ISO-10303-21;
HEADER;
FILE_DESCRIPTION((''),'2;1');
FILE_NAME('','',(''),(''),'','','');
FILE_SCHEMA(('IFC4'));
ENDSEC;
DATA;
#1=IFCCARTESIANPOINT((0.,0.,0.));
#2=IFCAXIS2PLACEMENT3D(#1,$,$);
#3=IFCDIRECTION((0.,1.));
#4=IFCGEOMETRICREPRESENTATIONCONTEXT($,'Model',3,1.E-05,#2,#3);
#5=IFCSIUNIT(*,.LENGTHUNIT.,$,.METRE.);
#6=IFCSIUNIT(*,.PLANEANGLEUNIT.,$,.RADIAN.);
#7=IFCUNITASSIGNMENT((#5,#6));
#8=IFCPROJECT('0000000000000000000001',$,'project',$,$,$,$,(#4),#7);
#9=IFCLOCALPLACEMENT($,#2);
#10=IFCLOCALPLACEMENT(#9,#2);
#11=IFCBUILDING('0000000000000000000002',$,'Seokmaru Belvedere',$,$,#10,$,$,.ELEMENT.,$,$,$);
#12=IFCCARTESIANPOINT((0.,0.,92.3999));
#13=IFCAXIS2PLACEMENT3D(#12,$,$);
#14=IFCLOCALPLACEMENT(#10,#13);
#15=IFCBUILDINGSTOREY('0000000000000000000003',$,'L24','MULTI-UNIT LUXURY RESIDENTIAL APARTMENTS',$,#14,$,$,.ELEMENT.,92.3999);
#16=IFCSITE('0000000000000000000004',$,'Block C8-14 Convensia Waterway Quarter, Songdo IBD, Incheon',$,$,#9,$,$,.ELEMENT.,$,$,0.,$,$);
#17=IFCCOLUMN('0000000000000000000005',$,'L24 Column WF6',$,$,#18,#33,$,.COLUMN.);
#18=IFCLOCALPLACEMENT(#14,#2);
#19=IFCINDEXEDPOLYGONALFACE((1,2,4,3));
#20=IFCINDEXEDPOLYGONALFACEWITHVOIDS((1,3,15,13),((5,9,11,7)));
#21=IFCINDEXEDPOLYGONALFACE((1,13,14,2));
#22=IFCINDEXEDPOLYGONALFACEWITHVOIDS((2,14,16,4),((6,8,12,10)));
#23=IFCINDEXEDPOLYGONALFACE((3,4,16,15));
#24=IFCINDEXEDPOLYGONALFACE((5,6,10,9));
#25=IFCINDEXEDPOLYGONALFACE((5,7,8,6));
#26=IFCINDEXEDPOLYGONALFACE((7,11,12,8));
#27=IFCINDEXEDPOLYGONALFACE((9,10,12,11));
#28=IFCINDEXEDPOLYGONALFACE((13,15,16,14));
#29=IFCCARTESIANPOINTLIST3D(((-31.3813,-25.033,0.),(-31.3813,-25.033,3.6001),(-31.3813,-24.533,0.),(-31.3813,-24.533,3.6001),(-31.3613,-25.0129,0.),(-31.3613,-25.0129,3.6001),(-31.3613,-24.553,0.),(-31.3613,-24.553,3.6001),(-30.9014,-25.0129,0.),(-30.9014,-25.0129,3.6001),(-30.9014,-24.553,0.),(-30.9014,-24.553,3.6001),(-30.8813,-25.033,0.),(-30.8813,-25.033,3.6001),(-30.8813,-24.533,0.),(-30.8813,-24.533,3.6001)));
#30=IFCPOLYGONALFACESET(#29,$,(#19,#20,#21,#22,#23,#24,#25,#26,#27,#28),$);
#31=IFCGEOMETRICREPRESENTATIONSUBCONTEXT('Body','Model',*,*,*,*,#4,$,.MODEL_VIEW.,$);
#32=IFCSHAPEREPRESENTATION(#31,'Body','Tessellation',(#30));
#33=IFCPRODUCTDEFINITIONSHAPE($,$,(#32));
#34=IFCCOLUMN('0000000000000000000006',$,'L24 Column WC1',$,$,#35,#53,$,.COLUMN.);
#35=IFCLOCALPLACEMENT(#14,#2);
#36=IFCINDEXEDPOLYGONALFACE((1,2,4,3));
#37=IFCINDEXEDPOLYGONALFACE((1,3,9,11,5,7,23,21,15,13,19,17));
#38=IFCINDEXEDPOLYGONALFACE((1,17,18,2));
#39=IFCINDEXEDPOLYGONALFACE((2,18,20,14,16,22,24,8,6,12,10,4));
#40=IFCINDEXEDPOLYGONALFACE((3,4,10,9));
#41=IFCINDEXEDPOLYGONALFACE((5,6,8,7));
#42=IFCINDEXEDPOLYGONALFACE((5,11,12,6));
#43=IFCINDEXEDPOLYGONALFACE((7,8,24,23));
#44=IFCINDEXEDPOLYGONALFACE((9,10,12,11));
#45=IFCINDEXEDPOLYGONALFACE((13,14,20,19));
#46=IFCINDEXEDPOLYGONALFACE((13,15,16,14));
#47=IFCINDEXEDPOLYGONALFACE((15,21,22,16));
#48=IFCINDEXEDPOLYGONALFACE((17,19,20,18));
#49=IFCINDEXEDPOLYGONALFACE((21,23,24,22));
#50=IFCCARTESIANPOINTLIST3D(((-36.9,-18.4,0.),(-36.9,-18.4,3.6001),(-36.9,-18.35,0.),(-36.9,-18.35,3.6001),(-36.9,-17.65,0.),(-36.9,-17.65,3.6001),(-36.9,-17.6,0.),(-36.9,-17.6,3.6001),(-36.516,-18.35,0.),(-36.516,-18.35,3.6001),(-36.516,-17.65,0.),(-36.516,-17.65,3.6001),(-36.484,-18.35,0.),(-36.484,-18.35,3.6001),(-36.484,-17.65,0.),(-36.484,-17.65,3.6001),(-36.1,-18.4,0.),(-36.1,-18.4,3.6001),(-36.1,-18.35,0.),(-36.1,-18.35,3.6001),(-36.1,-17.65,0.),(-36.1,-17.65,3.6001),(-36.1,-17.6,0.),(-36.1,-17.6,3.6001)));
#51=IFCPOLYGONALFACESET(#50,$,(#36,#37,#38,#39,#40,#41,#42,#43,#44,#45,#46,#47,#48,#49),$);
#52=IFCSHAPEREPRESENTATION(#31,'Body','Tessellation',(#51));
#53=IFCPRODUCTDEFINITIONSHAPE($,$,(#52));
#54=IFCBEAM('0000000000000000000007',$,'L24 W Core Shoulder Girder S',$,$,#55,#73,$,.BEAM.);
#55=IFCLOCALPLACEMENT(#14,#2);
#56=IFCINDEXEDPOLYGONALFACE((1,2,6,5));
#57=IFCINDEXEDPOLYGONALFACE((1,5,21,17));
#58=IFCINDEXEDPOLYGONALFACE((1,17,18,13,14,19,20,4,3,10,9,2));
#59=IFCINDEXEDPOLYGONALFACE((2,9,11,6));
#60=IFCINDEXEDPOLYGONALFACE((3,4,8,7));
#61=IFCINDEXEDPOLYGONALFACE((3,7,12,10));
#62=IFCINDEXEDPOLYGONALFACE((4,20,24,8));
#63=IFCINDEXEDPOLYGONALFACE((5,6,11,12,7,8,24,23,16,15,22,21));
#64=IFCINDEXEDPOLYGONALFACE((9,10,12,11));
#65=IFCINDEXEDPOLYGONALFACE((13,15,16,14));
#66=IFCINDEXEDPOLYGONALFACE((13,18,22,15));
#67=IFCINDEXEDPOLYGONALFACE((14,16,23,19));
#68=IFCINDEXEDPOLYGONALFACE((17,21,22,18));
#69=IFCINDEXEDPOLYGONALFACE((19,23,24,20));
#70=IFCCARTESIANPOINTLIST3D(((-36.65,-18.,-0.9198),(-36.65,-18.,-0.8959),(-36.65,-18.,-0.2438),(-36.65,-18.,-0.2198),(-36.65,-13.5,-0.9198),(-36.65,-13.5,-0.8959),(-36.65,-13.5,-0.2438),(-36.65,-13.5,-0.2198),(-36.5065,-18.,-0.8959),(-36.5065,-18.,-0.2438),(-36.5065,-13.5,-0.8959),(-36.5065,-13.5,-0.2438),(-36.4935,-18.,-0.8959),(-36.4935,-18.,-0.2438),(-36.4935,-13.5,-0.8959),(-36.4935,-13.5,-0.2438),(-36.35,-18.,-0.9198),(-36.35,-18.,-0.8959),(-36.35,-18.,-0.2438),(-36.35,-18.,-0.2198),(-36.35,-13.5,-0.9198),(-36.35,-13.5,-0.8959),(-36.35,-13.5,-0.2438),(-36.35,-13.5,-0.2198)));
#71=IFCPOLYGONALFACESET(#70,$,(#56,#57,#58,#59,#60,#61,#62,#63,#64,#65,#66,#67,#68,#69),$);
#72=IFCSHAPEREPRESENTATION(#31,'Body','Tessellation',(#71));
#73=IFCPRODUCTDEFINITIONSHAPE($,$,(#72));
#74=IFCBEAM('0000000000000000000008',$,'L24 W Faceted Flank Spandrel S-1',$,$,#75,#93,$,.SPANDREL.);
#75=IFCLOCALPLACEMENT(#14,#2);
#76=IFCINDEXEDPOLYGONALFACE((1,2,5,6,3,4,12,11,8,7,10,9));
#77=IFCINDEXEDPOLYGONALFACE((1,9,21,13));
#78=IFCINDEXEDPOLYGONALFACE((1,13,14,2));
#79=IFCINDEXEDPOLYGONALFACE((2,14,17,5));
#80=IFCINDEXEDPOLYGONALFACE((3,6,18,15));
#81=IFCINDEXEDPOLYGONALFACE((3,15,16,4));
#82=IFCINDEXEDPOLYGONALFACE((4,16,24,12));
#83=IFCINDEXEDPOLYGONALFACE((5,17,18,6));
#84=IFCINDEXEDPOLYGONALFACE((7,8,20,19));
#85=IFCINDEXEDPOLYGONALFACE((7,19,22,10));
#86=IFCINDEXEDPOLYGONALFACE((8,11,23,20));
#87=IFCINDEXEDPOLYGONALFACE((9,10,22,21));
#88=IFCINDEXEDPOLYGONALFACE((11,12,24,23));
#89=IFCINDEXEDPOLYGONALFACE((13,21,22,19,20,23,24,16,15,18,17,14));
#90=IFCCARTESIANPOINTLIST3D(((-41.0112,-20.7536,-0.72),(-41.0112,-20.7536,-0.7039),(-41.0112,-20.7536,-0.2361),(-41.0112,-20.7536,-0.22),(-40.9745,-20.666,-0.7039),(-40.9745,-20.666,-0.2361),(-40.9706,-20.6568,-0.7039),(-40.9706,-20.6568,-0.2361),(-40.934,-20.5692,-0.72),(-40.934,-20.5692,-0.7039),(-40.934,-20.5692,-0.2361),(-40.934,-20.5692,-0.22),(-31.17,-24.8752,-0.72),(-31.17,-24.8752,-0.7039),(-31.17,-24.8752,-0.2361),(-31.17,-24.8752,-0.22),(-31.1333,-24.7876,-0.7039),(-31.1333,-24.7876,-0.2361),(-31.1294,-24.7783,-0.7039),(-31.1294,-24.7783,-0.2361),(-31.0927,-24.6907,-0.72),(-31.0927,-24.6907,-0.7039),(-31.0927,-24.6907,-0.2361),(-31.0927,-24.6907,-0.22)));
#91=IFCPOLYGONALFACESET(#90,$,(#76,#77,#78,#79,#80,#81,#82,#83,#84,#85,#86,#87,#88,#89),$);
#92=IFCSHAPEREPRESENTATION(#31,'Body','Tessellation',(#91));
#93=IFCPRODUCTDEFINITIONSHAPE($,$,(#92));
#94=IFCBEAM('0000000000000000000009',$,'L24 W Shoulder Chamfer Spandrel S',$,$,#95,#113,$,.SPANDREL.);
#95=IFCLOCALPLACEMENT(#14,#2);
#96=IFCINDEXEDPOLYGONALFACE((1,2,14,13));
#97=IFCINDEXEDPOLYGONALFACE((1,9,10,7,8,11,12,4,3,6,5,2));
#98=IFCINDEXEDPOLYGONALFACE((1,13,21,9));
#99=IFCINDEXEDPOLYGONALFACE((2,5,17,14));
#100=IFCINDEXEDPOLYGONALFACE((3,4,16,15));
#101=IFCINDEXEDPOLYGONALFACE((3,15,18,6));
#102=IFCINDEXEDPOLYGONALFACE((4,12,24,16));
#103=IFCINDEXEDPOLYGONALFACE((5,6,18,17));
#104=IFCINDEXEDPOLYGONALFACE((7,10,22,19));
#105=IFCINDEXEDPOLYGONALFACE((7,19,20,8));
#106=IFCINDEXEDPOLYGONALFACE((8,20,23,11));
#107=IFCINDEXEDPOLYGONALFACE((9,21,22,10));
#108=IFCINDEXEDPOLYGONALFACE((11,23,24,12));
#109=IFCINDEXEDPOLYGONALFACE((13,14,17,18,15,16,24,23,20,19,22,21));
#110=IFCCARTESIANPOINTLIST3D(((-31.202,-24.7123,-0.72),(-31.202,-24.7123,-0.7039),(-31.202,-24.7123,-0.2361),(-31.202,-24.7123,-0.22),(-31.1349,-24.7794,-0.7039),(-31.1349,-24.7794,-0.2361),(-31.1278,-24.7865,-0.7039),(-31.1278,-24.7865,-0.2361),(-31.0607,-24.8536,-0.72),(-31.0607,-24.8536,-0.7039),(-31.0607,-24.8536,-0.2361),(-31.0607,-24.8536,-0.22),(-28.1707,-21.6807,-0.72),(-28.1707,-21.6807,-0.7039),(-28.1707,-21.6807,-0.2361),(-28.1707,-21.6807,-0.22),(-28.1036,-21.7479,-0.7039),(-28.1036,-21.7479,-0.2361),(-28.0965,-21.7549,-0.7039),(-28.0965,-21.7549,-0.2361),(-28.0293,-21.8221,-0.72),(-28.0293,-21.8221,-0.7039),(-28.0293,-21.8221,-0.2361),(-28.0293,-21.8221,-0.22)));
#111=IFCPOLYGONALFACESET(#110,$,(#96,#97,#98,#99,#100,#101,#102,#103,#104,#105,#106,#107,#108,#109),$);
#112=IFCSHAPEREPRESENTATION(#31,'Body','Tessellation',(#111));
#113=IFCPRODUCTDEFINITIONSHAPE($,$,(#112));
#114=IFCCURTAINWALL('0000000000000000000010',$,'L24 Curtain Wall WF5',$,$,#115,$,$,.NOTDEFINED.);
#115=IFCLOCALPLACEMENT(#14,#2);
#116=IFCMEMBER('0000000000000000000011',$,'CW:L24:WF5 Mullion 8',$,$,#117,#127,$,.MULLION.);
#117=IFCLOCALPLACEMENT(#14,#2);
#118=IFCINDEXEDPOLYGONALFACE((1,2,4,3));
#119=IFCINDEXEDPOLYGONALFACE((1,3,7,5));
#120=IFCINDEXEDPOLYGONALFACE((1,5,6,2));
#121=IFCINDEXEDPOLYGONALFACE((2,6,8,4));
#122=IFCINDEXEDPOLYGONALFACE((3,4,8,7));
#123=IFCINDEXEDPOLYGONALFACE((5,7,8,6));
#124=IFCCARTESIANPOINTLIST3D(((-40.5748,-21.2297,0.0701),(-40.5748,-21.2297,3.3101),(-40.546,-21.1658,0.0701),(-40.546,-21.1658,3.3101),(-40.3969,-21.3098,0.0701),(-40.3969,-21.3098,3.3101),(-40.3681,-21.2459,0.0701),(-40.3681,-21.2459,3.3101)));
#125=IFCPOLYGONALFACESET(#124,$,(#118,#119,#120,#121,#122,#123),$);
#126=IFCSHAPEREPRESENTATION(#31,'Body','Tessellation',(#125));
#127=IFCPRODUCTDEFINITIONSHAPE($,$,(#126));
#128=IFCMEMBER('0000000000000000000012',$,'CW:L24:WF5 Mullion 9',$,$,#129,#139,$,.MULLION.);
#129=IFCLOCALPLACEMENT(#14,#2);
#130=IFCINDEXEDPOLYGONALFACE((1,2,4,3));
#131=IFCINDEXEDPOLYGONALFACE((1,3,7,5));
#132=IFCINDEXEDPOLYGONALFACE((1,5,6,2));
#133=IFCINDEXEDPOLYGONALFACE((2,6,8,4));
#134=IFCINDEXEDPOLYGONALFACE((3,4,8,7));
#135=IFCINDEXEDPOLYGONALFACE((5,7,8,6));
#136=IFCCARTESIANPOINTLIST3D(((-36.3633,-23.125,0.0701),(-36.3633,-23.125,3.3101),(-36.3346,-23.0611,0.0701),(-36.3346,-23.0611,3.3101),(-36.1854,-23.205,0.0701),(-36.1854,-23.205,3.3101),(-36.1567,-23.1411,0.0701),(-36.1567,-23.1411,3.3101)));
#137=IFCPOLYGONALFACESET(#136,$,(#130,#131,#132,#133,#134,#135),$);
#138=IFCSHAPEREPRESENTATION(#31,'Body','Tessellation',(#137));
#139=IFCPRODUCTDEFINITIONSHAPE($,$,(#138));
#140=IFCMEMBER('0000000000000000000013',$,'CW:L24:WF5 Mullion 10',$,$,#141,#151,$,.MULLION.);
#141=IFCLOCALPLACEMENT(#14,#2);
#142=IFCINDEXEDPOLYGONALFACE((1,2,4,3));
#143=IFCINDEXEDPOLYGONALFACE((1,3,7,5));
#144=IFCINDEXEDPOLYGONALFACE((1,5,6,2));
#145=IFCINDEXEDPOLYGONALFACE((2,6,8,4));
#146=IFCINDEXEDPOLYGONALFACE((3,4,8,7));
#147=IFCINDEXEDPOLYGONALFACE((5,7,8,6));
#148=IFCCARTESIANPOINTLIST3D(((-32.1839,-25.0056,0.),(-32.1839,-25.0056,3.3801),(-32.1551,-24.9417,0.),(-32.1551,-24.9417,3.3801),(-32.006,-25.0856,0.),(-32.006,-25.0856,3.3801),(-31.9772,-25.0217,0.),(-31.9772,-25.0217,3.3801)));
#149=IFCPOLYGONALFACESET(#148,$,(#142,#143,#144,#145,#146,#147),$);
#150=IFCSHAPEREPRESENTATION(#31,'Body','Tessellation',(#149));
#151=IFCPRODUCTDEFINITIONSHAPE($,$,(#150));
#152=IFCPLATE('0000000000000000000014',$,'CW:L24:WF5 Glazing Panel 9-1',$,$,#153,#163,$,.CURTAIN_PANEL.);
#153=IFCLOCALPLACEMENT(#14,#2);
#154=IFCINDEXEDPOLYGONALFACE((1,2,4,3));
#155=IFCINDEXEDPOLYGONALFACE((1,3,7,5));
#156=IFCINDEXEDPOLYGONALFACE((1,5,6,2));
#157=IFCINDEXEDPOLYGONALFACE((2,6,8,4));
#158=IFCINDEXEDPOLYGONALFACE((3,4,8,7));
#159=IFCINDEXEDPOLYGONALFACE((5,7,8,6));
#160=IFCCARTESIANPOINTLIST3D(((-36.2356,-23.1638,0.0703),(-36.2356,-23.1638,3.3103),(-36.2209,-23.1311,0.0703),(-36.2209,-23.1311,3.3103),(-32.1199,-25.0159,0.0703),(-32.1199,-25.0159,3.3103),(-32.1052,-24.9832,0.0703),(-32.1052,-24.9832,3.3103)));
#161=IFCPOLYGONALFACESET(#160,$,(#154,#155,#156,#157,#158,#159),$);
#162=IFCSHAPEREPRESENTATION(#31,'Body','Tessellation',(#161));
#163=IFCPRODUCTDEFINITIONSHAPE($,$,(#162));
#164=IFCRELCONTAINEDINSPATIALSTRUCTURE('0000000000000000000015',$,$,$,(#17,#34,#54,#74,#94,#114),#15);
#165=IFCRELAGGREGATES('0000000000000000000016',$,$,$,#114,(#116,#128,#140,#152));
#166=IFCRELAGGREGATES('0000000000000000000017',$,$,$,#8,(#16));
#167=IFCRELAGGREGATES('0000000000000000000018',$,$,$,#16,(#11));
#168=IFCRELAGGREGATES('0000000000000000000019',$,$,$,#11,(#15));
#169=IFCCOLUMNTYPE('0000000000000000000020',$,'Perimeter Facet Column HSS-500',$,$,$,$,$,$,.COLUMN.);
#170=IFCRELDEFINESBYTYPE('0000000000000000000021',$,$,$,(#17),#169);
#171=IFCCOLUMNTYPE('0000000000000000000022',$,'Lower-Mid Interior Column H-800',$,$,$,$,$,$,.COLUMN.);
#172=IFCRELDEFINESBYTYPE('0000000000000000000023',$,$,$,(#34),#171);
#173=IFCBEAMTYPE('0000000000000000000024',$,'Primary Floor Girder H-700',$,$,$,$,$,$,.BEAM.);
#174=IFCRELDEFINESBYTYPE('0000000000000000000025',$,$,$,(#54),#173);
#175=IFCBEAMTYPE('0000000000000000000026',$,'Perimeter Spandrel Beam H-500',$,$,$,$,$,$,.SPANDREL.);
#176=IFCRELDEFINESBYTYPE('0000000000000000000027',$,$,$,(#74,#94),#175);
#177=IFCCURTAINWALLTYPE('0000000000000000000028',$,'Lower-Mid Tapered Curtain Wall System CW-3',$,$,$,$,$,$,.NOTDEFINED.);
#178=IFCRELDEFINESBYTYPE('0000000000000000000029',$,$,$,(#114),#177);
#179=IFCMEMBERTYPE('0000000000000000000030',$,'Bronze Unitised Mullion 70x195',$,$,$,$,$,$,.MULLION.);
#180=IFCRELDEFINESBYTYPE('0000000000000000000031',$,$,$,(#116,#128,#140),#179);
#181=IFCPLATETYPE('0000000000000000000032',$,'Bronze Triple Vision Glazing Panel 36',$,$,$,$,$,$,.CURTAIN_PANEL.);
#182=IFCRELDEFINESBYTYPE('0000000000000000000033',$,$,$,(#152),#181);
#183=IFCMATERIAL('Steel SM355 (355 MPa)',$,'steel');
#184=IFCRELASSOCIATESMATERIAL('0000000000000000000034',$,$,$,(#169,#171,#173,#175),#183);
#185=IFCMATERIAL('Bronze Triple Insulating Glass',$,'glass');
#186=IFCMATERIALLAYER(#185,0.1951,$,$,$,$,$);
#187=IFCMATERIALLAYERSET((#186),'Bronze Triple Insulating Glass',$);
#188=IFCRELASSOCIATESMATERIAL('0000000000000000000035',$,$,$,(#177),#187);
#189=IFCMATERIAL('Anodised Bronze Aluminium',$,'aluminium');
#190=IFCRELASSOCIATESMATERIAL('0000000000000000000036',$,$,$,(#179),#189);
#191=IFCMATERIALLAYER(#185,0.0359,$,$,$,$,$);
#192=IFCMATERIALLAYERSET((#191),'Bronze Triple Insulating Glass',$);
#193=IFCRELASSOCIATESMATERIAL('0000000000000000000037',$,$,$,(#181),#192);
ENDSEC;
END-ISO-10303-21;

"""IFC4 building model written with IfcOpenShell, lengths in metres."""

from ifc_helpers import new_model, si_unit, direction, frame, origin, origin_2d, place, context, subcontext, project, spatial, rectangle, hollow_rectangle, i_section, extrude, source, transform, mapped, material, layer, layer_set, material_profile, profile_set, type_object, type_shapes, element, aggregate, save


model = new_model("IFC4")

# Units and contexts
model_context = context("Model", 3, precision=1e-05, world=origin(), true_north=direction((0.0, 1.0)))
body_context = subcontext(model_context, "Body", "Model", "MODEL_VIEW")
ifc_project = project(units=[si_unit("LENGTHUNIT", "METRE"), si_unit("PLANEANGLEUNIT", "RADIAN")], contexts=[model_context])

# Site, building, storey
site_placement = place(None, origin())
site = spatial("IfcSite", under=ifc_project, at=site_placement, Name="Block C8-14 Convensia Waterway Quarter, Songdo IBD, Incheon", CompositionType="ELEMENT", RefElevation=0.0)
building_placement = place(site_placement, origin())
building = spatial("IfcBuilding", under=site, at=building_placement, Name="Seokmaru Belvedere", CompositionType="ELEMENT")
storey_placement = place(building_placement, frame((0.0, 0.0, 92.3999)))
storey = spatial("IfcBuildingStorey", under=building, at=storey_placement, Name="L24", Description="MULTI-UNIT LUXURY RESIDENTIAL APARTMENTS", CompositionType="ELEMENT", Elevation=92.3999)

# Columns
ifc_material_1 = material(Name="Steel SM355 (355 MPa)", Category="steel")
ifc_material_profile_1 = material_profile(ifc_material_1, hollow_rectangle(XDim=0.5, YDim=0.5, WallThickness=0.02, at=origin_2d()), Name="HSS-500x500x20")
ifc_profile_set_1 = profile_set([ifc_material_profile_1], Name="Steel SM355 (355 MPa)")
column_type_1 = type_object("IfcColumnType", Name="Perimeter Facet Column HSS-500", PredefinedType="COLUMN", material=ifc_profile_set_1)
shared_shape_1 = source(origin(), body_context, "Body", "SweptSolid", [
    extrude(hollow_rectangle(XDim=0.5, YDim=0.5, WallThickness=0.02, at=origin_2d()), origin(), (0.0, 0.0, 1.0), 3.6001),
])
type_shapes(column_type_1, [shared_shape_1])
column_1_placement = place(storey_placement, frame((-31.1313, -24.783, 0.0), z_axis=(0.0, 0.0, 1.0), x_axis=(1.0, 0.0, 0.0)))
element("IfcColumn", 1, at=column_1_placement, inside=storey, type_object=column_type_1, Name="L24 Column WF6", PredefinedType="COLUMN", context=body_context, shape_type="MappedRepresentation", body=[
    mapped(shared_shape_1, transform((0.0, 0.0, 0.0), scale=1.0)),
])
ifc_material_profile_2 = material_profile(ifc_material_1, i_section(OverallWidth=0.8, OverallDepth=0.8, WebThickness=0.032, FlangeThickness=0.05, at=origin_2d()), Name="H-800x800x32x50")
ifc_profile_set_2 = profile_set([ifc_material_profile_2], Name="Steel SM355 (355 MPa)")
column_type_2 = type_object("IfcColumnType", Name="Lower-Mid Interior Column H-800", PredefinedType="COLUMN", material=ifc_profile_set_2)
shared_shape_2 = source(origin(), body_context, "Body", "SweptSolid", [
    extrude(i_section(OverallWidth=0.8, OverallDepth=0.8, WebThickness=0.032, FlangeThickness=0.05, at=origin_2d()), origin(), (0.0, 0.0, 1.0), 3.6001),
])
type_shapes(column_type_2, [shared_shape_2])
column_2_placement = place(storey_placement, frame((-36.5, -18.0, 0.0), z_axis=(0.0, 0.0, 1.0), x_axis=(1.0, 0.0, 0.0)))
element("IfcColumn", 2, at=column_2_placement, inside=storey, type_object=column_type_2, Name="L24 Column WC1", PredefinedType="COLUMN", context=body_context, shape_type="MappedRepresentation", body=[
    mapped(shared_shape_2, transform((0.0, 0.0, 0.0), scale=1.0)),
])

# Beams
ifc_material_profile_3 = material_profile(ifc_material_1, i_section(OverallWidth=0.3, OverallDepth=0.7, WebThickness=0.0129, FlangeThickness=0.0239, at=origin_2d()), Name="H-700x300x13x24")
ifc_profile_set_3 = profile_set([ifc_material_profile_3], Name="Steel SM355 (355 MPa)")
beam_type_1 = type_object("IfcBeamType", Name="Primary Floor Girder H-700", PredefinedType="BEAM", material=ifc_profile_set_3)
shared_shape_3 = source(origin(), body_context, "Body", "SweptSolid", [
    extrude(i_section(OverallWidth=0.3, OverallDepth=0.7, WebThickness=0.0129, FlangeThickness=0.0239, at=origin_2d()), origin(), (0.0, 0.0, 1.0), 4.5),
])
type_shapes(beam_type_1, [shared_shape_3])
beam_1_placement = place(storey_placement, frame((-36.5, -18.0, -0.5698), z_axis=(0.0, 1.0, 0.0), x_axis=(-1.0, 0.0, 0.0)))
element("IfcBeam", 3, at=beam_1_placement, inside=storey, type_object=beam_type_1, Name="L24 W Core Shoulder Girder S", PredefinedType="BEAM", context=body_context, shape_type="MappedRepresentation", body=[
    mapped(shared_shape_3, transform((0.0, 0.0, 0.0), scale=1.0)),
])
ifc_material_profile_4 = material_profile(ifc_material_1, i_section(OverallWidth=0.2, OverallDepth=0.5, WebThickness=0.01, FlangeThickness=0.0161, at=origin_2d()), Name="H-500x200x10x16")
ifc_profile_set_4 = profile_set([ifc_material_profile_4], Name="Steel SM355 (355 MPa)")
beam_type_2 = type_object("IfcBeamType", Name="Perimeter Spandrel Beam H-500", PredefinedType="SPANDREL", material=ifc_profile_set_4)
shared_shape_4 = source(origin(), body_context, "Body", "SweptSolid", [
    extrude(i_section(OverallWidth=0.2, OverallDepth=0.5, WebThickness=0.01, FlangeThickness=0.0161, at=origin_2d()), origin(), (0.0, 0.0, 1.0), 10.6694),
])
beam_2_placement = place(storey_placement, frame((-31.1313, -24.783, -0.47), z_axis=(-0.922375, 0.386295, 0.0), x_axis=(-0.386295, -0.922375, 0.0)))
element("IfcBeam", 4, at=beam_2_placement, inside=storey, type_object=beam_type_2, Name="L24 W Faceted Flank Spandrel S-1", PredefinedType="SPANDREL", context=body_context, shape_type="MappedRepresentation", body=[
    mapped(shared_shape_4, transform((0.0, 0.0, 0.0), scale=1.0)),
])
shared_shape_5 = source(origin(), body_context, "Body", "SweptSolid", [
    extrude(i_section(OverallWidth=0.2, OverallDepth=0.5, WebThickness=0.01, FlangeThickness=0.0161, at=origin_2d()), origin(), (0.0, 0.0, 1.0), 4.2871),
])
type_shapes(beam_type_2, [shared_shape_4, shared_shape_5])
beam_3_placement = place(storey_placement, frame((-31.1313, -24.783, -0.47), z_axis=(0.707078, 0.707135, 0.0), x_axis=(-0.707135, 0.707078, 0.0)))
element("IfcBeam", 5, at=beam_3_placement, inside=storey, type_object=beam_type_2, Name="L24 W Shoulder Chamfer Spandrel S", PredefinedType="SPANDREL", context=body_context, shape_type="MappedRepresentation", body=[
    mapped(shared_shape_5, transform((0.0, 0.0, 0.0), scale=1.0)),
])

# Curtain wall, members, plate
ifc_material_2 = material(Name="Bronze Triple Insulating Glass", Category="glass")
ifc_layer_1 = layer(ifc_material_2, 0.1951)
ifc_layer_set_1 = layer_set([ifc_layer_1], Name="Bronze Triple Insulating Glass")
curtain_wall_type = type_object("IfcCurtainWallType", Name="Lower-Mid Tapered Curtain Wall System CW-3", PredefinedType="NOTDEFINED", material=ifc_layer_set_1)
curtain_wall_placement = place(storey_placement, origin())
curtain_wall = element("IfcCurtainWall", 6, at=curtain_wall_placement, inside=storey, type_object=curtain_wall_type, Name="L24 Curtain Wall WF5", PredefinedType="NOTDEFINED")
ifc_material_3 = material(Name="Anodised Bronze Aluminium", Category="aluminium")
ifc_material_profile_5 = material_profile(ifc_material_3, rectangle(XDim=0.0701, YDim=0.1951, at=origin_2d()), Name="CW-M-70x195")
ifc_profile_set_5 = profile_set([ifc_material_profile_5], Name="Anodised Bronze Aluminium")
member_type = type_object("IfcMemberType", Name="Bronze Unitised Mullion 70x195", PredefinedType="MULLION", material=ifc_profile_set_5)
shared_shape_6 = source(origin(), body_context, "Body", "SweptSolid", [
    extrude(rectangle(XDim=0.0701, YDim=0.1951, at=origin_2d()), origin(), (0.0, 0.0, 1.0), 3.24),
])
member_1_placement = place(storey_placement, frame((-40.4714, -21.2378, 0.0701), z_axis=(0.0, 0.0, 1.0), x_axis=(0.410366, 0.911921, 0.0)))
member_1 = element("IfcMember", 7, at=member_1_placement, type_object=member_type, Name="CW:L24:WF5 Mullion 8", PredefinedType="MULLION", context=body_context, shape_type="MappedRepresentation", body=[
    mapped(shared_shape_6, transform((0.0, 0.0, 0.0), scale=1.0)),
])
member_2_placement = place(storey_placement, frame((-36.26, -23.1331, 0.0701), z_axis=(0.0, 0.0, 1.0), x_axis=(0.410366, 0.911921, 0.0)))
member_2 = element("IfcMember", 8, at=member_2_placement, type_object=member_type, Name="CW:L24:WF5 Mullion 9", PredefinedType="MULLION", context=body_context, shape_type="MappedRepresentation", body=[
    mapped(shared_shape_6, transform((0.0, 0.0, 0.0), scale=1.0)),
])
shared_shape_7 = source(origin(), body_context, "Body", "SweptSolid", [
    extrude(rectangle(XDim=0.0701, YDim=0.1951, at=origin_2d()), origin(), (0.0, 0.0, 1.0), 3.3801),
])
type_shapes(member_type, [shared_shape_6, shared_shape_7])
member_3_placement = place(storey_placement, frame((-32.0806, -25.0137, 0.0), z_axis=(0.0, 0.0, 1.0), x_axis=(0.410366, 0.911921, 0.0)))
member_3 = element("IfcMember", 9, at=member_3_placement, type_object=member_type, Name="CW:L24:WF5 Mullion 10", PredefinedType="MULLION", context=body_context, shape_type="MappedRepresentation", body=[
    mapped(shared_shape_7, transform((0.0, 0.0, 0.0), scale=1.0)),
])
ifc_layer_2 = layer(ifc_material_2, 0.0359)
ifc_layer_set_2 = layer_set([ifc_layer_2], Name="Bronze Triple Insulating Glass")
plate_type = type_object("IfcPlateType", Name="Bronze Triple Vision Glazing Panel 36", PredefinedType="CURTAIN_PANEL", material=ifc_layer_set_2)
shared_shape_8 = source(origin(), body_context, "Body", "SweptSolid", [
    extrude(rectangle(XDim=4.5132, YDim=0.0359, at=origin_2d()), origin(), (0.0, 0.0, 1.0), 3.24),
])
plate_1_placement = place(storey_placement, frame((-34.1704, -24.0735, 0.0703), z_axis=(0.0, 0.0, 1.0), x_axis=(0.911921, -0.410366, 0.0)))
plate_1 = element("IfcPlate", 10, at=plate_1_placement, type_object=plate_type, Name="CW:L24:WF5 Glazing Panel 9-1", PredefinedType="CURTAIN_PANEL", context=body_context, shape_type="MappedRepresentation", body=[
    mapped(shared_shape_8, transform((0.0, 0.0, 0.0), scale=1.0)),
])
aggregate(curtain_wall, [member_1, member_2, member_3, plate_1])

save(model, "model.ifc")
